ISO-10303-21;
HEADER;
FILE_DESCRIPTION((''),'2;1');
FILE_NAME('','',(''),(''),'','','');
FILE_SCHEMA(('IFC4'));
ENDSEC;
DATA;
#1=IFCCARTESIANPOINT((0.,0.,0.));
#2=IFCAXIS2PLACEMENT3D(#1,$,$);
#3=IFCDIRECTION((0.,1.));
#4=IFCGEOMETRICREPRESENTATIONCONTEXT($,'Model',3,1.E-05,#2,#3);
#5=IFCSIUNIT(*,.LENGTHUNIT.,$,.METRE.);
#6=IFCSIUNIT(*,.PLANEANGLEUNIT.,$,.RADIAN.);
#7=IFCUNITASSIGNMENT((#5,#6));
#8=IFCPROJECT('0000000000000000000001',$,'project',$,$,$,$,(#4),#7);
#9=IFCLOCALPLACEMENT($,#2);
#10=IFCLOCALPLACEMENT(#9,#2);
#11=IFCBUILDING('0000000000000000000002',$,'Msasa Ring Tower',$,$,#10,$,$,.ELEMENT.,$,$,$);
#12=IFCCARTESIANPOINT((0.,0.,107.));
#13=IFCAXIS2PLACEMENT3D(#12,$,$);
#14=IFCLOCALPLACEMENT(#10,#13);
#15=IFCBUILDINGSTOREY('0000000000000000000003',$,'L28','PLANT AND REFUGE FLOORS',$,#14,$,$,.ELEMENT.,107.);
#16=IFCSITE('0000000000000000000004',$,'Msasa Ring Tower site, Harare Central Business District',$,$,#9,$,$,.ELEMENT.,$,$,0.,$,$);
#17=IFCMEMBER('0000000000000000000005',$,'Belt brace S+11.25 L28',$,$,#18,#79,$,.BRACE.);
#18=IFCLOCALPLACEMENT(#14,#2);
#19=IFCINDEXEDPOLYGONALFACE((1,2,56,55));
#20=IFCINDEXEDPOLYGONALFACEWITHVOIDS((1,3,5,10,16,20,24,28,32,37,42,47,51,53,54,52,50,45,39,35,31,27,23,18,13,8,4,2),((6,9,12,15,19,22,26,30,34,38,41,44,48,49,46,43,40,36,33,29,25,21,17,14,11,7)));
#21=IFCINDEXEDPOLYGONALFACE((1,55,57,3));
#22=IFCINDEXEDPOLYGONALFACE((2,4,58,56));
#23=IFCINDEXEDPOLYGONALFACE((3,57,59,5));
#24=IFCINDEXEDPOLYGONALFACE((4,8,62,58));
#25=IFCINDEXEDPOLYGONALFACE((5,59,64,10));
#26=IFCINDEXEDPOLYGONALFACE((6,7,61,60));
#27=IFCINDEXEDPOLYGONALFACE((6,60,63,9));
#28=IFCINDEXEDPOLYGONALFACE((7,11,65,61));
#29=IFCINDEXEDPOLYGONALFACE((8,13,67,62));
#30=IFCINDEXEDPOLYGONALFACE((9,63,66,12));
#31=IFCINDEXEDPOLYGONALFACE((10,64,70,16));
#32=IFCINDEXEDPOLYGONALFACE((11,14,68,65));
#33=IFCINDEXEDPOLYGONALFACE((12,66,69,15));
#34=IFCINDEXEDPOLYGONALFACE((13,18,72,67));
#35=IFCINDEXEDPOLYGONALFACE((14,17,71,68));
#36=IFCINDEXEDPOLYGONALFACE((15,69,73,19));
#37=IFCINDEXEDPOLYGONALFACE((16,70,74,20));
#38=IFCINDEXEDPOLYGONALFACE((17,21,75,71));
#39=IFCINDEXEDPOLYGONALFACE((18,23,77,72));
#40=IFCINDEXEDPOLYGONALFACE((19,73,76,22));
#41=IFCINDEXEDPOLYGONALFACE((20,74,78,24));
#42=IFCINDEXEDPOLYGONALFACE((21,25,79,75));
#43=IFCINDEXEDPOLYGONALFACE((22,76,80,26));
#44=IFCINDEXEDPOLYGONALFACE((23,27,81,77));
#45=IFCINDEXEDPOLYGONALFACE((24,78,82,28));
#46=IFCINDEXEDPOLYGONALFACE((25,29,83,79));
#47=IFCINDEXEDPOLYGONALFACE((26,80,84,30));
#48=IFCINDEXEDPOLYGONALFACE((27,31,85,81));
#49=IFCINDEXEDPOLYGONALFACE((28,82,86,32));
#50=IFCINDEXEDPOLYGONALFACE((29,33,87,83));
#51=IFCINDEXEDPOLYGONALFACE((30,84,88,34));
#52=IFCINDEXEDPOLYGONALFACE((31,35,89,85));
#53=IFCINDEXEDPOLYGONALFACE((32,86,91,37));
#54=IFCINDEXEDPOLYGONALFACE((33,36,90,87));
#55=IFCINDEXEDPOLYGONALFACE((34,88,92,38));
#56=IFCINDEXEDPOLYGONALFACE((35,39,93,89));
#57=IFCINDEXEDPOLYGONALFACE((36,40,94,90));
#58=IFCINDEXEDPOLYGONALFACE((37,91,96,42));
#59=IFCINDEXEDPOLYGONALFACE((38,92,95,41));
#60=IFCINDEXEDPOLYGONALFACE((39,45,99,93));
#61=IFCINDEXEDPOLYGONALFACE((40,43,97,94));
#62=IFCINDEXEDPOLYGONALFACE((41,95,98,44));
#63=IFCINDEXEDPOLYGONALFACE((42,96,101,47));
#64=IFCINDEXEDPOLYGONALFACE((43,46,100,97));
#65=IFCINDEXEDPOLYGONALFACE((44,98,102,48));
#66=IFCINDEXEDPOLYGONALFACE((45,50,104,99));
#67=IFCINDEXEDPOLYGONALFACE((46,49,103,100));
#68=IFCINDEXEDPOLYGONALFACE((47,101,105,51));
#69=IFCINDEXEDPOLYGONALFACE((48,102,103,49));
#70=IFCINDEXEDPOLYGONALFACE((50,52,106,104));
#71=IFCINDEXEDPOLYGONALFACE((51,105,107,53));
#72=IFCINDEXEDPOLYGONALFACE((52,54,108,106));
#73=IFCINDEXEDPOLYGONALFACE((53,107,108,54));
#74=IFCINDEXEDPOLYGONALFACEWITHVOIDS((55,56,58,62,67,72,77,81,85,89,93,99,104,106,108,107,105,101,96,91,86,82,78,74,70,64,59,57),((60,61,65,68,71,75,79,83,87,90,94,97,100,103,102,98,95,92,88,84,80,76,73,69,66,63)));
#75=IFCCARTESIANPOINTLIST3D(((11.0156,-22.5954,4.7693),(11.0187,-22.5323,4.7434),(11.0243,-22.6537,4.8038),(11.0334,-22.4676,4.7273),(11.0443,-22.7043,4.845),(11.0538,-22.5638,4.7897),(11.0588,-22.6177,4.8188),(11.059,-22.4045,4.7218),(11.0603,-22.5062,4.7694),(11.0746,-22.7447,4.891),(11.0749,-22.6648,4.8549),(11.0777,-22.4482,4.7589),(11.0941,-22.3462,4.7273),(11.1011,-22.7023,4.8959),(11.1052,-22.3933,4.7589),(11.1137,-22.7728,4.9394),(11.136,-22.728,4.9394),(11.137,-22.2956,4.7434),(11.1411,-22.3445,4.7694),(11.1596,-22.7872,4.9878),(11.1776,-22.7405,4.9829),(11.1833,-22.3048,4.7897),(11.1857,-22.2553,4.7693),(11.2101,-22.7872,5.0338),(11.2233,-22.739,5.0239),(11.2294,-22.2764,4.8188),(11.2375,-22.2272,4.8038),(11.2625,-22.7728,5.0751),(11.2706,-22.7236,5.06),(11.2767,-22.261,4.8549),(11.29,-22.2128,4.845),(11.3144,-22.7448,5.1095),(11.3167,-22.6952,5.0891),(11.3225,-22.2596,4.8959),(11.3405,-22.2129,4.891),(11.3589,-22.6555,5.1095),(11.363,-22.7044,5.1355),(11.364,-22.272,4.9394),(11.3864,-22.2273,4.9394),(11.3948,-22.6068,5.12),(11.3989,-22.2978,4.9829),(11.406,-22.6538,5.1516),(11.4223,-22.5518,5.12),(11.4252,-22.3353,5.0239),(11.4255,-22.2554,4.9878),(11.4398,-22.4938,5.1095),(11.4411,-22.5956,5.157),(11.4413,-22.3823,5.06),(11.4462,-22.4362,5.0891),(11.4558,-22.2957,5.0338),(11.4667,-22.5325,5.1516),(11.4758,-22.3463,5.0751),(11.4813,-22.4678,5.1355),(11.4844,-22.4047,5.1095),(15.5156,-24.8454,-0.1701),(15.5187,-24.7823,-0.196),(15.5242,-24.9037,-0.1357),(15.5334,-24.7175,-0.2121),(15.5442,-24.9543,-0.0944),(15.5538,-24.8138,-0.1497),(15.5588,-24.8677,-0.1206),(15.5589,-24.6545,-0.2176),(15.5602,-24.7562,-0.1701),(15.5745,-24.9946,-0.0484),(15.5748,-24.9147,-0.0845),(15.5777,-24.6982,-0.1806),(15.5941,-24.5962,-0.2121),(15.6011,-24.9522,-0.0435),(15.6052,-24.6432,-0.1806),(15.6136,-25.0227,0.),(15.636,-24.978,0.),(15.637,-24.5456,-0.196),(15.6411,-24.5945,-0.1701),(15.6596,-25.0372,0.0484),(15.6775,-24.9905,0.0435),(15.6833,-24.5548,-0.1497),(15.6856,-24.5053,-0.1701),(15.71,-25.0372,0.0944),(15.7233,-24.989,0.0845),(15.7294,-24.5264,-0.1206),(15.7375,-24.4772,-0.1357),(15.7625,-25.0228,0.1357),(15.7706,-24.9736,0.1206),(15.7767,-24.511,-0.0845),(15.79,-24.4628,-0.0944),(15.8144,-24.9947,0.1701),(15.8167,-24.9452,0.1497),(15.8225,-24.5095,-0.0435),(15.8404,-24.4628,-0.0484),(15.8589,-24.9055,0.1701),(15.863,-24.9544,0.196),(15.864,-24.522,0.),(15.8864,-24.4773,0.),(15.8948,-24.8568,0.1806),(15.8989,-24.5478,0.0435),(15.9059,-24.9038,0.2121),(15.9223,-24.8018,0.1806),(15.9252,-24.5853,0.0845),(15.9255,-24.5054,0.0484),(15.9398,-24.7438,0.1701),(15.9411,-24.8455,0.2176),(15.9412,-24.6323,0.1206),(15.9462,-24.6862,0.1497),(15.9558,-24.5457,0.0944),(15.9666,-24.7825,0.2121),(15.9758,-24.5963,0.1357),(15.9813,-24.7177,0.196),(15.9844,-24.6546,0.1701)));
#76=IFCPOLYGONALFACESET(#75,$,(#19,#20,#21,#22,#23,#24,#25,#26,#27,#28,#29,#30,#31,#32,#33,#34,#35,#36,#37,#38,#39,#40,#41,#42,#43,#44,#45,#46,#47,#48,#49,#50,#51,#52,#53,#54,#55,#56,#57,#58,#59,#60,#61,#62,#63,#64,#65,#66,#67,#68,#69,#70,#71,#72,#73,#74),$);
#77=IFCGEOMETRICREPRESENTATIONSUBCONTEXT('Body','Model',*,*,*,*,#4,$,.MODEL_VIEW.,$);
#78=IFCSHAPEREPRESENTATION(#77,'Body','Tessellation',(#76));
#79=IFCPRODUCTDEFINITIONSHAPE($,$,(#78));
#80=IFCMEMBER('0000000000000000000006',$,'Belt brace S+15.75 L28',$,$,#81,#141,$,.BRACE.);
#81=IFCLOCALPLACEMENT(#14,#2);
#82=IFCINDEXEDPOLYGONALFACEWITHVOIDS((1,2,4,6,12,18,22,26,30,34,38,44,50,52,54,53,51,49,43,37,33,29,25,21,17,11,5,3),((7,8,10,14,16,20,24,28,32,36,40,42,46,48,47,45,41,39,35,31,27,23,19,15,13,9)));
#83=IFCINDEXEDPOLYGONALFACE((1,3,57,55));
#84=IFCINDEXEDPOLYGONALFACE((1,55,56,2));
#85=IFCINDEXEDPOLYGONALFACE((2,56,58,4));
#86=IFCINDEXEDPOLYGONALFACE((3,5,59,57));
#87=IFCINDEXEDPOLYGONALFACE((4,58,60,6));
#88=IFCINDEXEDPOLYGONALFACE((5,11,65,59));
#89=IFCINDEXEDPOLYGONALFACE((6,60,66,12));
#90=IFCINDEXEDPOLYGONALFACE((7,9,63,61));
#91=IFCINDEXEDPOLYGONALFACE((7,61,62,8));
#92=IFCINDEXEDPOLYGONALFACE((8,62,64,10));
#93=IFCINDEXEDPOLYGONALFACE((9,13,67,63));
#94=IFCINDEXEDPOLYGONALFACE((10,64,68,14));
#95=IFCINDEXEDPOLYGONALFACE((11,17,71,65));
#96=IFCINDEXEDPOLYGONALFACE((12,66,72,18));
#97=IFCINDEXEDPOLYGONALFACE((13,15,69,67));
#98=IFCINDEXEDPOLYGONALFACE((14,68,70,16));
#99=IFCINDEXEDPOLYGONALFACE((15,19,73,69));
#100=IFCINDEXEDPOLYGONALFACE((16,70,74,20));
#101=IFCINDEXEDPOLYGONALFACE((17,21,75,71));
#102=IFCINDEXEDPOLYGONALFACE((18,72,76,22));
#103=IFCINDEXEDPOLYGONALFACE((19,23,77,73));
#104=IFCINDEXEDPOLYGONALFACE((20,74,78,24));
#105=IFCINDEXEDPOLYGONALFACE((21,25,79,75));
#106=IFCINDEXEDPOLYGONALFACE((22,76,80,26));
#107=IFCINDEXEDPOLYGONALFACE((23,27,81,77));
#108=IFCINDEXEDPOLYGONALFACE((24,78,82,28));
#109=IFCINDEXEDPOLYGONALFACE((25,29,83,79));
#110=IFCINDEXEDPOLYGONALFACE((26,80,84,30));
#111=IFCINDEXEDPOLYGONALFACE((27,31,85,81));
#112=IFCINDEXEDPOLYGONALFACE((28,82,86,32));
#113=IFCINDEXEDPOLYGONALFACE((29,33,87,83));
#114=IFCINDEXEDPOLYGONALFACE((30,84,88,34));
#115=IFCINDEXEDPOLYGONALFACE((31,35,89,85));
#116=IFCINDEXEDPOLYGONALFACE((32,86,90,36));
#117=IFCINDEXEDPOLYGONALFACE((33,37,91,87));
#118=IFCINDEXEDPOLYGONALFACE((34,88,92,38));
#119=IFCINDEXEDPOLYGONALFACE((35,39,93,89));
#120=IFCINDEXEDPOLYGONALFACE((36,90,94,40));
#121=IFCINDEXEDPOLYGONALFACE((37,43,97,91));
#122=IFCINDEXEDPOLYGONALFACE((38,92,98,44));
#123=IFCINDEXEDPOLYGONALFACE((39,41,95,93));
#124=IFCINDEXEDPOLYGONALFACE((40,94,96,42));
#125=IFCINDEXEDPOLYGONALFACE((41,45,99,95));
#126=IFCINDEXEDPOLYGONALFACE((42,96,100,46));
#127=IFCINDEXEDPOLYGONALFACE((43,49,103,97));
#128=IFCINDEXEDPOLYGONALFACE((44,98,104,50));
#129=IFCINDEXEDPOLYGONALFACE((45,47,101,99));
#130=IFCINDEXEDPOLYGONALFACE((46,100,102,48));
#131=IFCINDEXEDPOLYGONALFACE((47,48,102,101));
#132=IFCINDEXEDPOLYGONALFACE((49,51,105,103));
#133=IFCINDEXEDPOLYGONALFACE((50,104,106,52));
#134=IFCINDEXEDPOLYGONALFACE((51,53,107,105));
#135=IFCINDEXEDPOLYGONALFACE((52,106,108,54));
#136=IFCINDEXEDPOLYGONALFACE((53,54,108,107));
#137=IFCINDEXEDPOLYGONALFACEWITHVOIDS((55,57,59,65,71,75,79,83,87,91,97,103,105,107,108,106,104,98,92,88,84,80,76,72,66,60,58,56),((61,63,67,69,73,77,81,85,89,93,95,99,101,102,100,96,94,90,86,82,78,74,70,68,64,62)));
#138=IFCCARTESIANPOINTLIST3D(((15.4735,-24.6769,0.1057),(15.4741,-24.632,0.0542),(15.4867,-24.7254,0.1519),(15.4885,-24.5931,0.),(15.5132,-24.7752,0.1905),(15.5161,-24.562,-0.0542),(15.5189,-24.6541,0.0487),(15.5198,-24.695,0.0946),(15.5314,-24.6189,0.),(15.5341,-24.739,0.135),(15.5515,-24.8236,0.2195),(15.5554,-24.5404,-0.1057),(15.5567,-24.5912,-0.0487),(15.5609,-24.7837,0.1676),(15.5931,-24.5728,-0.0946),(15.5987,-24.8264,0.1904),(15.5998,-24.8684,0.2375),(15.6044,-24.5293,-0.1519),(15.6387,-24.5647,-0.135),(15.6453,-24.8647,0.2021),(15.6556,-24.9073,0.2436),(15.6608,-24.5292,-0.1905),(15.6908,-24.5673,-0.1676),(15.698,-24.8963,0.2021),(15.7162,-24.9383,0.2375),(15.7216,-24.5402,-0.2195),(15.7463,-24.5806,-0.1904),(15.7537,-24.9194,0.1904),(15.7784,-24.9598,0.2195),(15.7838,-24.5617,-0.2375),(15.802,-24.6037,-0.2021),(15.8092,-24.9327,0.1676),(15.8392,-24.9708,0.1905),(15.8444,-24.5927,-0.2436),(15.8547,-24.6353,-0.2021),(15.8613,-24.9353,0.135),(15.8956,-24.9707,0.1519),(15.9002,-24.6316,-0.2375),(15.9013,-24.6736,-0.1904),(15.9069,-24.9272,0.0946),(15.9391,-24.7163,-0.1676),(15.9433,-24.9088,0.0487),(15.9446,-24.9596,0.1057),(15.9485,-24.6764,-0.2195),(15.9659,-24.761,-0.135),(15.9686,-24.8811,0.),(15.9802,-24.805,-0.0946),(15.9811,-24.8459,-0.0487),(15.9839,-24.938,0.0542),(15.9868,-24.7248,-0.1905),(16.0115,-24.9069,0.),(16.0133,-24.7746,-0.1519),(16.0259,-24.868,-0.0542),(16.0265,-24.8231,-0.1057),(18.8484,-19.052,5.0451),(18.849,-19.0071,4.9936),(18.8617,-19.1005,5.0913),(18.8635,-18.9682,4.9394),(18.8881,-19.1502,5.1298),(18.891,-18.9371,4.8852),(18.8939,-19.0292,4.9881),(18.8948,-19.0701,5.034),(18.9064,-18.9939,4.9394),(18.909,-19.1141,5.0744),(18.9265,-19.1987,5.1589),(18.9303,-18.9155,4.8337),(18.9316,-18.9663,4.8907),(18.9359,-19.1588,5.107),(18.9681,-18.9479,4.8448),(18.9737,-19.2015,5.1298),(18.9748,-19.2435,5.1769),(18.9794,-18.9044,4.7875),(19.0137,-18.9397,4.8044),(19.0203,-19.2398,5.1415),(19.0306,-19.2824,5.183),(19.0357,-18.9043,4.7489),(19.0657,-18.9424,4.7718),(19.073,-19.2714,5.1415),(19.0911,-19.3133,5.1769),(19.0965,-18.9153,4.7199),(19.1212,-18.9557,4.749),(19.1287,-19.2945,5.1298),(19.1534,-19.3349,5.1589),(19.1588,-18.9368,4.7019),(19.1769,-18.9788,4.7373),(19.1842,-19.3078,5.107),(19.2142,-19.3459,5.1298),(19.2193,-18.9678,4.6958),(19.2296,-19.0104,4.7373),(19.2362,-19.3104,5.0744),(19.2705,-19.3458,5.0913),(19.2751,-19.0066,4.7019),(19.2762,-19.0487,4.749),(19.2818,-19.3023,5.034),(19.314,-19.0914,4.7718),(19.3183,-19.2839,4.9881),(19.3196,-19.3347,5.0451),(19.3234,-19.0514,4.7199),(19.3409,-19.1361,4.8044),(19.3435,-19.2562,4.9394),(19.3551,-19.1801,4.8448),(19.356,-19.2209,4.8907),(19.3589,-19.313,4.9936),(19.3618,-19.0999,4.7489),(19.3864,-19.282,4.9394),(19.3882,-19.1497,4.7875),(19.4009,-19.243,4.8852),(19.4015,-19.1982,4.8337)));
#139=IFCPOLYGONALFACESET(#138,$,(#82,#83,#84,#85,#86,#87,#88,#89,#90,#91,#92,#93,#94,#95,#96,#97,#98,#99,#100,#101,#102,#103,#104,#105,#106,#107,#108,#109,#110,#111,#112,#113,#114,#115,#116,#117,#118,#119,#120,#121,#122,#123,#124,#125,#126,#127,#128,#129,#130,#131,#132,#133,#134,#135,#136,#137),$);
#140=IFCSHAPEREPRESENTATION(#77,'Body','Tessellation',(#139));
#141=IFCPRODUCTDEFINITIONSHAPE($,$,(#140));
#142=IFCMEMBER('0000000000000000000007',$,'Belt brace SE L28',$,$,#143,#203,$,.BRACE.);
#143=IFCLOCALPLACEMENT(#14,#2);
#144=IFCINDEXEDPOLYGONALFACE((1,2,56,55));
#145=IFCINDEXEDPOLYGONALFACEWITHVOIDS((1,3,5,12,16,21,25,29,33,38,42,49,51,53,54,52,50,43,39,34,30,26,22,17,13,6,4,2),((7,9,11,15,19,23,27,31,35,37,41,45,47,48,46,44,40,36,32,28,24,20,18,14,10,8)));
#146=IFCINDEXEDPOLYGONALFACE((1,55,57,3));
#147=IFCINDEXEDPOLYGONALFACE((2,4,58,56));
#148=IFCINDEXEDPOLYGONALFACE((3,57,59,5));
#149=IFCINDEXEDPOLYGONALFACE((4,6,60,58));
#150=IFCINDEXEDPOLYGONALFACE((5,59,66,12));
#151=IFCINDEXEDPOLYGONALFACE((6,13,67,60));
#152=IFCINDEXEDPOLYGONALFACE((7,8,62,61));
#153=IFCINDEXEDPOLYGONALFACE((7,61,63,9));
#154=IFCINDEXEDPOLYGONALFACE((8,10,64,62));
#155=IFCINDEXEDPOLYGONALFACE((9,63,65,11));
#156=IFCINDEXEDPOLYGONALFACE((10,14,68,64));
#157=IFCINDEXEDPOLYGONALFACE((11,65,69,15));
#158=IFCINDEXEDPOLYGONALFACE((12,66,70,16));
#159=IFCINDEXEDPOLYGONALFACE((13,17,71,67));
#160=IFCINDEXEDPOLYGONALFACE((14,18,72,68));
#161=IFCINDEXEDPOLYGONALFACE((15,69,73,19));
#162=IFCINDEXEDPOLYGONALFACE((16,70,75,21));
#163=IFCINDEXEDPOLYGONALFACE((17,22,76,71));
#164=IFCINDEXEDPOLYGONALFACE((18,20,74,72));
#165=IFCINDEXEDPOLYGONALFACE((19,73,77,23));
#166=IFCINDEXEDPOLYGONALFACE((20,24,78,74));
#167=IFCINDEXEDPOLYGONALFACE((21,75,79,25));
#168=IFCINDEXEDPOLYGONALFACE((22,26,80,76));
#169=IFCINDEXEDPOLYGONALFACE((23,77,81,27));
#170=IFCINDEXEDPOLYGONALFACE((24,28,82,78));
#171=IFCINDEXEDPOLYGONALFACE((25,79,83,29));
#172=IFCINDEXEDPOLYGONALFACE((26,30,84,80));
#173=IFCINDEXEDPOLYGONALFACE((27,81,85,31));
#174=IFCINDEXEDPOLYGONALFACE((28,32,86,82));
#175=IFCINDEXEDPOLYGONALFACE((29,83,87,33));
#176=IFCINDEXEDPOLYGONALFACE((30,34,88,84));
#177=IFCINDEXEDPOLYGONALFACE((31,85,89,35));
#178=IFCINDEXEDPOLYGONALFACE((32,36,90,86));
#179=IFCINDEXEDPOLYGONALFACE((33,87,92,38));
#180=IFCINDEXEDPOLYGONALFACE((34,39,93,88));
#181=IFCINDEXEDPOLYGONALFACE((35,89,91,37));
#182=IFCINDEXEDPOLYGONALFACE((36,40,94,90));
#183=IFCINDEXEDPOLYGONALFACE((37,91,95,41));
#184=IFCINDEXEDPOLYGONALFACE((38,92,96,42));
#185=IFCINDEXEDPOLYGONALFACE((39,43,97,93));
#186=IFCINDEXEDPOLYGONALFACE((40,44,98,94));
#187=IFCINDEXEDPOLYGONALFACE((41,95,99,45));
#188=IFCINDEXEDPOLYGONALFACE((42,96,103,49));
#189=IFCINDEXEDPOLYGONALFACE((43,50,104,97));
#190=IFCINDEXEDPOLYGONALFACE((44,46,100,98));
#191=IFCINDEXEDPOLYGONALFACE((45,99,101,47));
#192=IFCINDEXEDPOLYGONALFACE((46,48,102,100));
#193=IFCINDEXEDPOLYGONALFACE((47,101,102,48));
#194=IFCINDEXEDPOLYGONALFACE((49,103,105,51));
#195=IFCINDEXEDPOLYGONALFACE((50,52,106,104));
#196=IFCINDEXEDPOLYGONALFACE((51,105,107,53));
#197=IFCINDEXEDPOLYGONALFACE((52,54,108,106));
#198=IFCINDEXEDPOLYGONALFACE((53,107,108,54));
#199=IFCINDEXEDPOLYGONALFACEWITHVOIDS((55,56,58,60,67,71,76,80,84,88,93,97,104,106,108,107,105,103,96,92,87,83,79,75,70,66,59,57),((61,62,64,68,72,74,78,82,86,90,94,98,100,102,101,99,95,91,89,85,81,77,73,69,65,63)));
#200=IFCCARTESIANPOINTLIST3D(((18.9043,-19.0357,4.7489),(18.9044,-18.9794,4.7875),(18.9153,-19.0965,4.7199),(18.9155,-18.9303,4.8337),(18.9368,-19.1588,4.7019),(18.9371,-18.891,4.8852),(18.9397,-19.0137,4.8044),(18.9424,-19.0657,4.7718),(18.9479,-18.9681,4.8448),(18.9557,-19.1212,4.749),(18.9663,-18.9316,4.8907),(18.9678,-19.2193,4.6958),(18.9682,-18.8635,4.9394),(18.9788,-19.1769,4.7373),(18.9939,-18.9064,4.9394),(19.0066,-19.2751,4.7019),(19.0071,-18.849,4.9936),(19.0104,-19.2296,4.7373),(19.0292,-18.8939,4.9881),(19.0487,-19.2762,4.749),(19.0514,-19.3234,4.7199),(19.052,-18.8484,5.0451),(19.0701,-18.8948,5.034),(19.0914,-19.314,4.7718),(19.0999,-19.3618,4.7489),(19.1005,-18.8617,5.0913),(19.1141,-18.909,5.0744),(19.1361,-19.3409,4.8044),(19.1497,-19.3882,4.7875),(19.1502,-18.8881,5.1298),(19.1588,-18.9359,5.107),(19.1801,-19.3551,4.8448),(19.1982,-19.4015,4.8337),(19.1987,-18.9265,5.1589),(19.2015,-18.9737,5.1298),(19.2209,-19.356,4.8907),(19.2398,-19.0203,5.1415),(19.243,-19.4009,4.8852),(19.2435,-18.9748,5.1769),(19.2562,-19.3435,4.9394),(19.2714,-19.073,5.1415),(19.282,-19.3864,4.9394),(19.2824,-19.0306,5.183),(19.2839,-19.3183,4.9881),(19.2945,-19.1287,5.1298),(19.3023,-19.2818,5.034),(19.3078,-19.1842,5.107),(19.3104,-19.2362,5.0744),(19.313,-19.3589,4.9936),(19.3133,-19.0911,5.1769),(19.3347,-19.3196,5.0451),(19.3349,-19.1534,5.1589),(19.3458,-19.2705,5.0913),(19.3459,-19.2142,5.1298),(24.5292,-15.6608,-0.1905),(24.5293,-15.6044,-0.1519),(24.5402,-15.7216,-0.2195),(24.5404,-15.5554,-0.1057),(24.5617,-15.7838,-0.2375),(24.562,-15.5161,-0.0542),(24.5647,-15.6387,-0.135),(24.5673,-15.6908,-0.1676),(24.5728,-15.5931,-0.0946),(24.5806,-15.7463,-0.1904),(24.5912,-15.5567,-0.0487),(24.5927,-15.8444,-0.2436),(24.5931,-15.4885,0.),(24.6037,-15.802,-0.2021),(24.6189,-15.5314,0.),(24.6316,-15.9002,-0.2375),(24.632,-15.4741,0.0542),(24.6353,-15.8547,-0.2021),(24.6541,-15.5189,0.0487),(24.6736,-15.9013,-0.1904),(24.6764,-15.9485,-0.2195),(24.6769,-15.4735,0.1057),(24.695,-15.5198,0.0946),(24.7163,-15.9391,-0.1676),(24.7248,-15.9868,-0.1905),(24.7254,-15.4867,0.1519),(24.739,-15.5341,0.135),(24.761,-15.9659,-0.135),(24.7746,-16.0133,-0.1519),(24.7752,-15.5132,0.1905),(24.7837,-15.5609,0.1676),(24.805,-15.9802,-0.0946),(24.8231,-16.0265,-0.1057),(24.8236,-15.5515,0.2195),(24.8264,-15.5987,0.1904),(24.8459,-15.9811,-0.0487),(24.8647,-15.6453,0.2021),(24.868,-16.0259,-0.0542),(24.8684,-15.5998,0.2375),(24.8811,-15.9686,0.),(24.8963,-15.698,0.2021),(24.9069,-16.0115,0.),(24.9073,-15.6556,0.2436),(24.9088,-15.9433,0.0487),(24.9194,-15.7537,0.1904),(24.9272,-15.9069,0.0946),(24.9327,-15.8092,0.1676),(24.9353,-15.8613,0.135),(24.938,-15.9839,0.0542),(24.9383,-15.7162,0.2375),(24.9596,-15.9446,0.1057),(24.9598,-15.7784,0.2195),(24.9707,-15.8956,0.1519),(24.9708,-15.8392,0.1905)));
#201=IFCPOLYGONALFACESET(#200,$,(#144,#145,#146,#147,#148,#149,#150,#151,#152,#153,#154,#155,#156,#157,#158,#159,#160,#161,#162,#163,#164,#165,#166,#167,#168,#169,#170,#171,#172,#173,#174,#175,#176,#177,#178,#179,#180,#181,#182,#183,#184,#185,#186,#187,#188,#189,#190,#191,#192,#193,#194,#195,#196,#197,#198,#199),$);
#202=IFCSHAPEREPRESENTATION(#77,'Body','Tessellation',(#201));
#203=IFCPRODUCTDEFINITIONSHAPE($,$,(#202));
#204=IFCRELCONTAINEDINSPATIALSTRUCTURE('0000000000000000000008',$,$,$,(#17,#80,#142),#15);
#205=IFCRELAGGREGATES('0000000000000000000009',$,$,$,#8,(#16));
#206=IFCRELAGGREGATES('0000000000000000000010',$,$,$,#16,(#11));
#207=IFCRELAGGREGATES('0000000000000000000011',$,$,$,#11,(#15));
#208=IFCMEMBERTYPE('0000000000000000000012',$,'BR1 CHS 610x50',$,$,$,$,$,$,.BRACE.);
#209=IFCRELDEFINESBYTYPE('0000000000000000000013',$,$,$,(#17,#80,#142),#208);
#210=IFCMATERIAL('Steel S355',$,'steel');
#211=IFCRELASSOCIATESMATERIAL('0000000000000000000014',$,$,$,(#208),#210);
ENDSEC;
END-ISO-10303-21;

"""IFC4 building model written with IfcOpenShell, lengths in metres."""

from ifc_helpers import new_model, si_unit, direction, frame, origin, origin_2d, place, context, subcontext, project, spatial, hollow_circle, extrude, material, material_profile, profile_set, type_object, element, save


model = new_model("IFC4")

# Units and contexts
model_context = context("Model", 3, precision=1e-05, world=origin(), true_north=direction((0.0, 1.0)))
body_context = subcontext(model_context, "Body", "Model", "MODEL_VIEW")
ifc_project = project(units=[si_unit("LENGTHUNIT", "METRE"), si_unit("PLANEANGLEUNIT", "RADIAN")], contexts=[model_context])

# Site, building, storey
site_placement = place(None, origin())
site = spatial("IfcSite", under=ifc_project, at=site_placement, Name="Msasa Ring Tower site, Harare Central Business District", CompositionType="ELEMENT", RefElevation=0.0)
building_placement = place(site_placement, origin())
building = spatial("IfcBuilding", under=site, at=building_placement, Name="Msasa Ring Tower", CompositionType="ELEMENT")
storey_placement = place(building_placement, frame((0.0, 0.0, 107.0)))
storey = spatial("IfcBuildingStorey", under=building, at=storey_placement, Name="L28", Description="PLANT AND REFUGE FLOORS", CompositionType="ELEMENT", Elevation=107.0)

# Members
ifc_material_1 = material(Name="Steel S355", Category="steel")
ifc_material_profile_1 = material_profile(ifc_material_1, hollow_circle(Radius=0.3049, WallThickness=0.05, at=origin_2d()), Name="CHS 610x50")
ifc_profile_set_1 = profile_set([ifc_material_profile_1], Name="Steel S355")
member_type = type_object("IfcMemberType", Name="BR1 CHS 610x50", PredefinedType="BRACE", material=ifc_profile_set_1)
member_1_placement = place(storey_placement, frame((15.75, -24.75, 0.0), z_axis=(-0.638245, 0.319123, 0.700574), x_axis=(-0.447214, -0.894427, 0.0)))
element("IfcMember", 1, at=member_1_placement, inside=storey, type_object=member_type, Name="Belt brace S+11.25 L28", PredefinedType="BRACE", context=body_context, shape_type="SweptSolid", body=[
    extrude(hollow_circle(Radius=0.3049, WallThickness=0.05, at=origin_2d()), origin(), (0.0, 0.0, 1.0), 7.0505),
])
for number, where, z_axis, x_axis, name in (
    (2, (15.75, -24.75, 0.0), (0.411007, 0.685011, 0.601526), (-0.857493, 0.514496, 0.0), "Belt brace S+15.75 L28"),
    (3, (24.75, -15.75, 0.0), (-0.685011, -0.411007, 0.601526), (0.514496, -0.857493, 0.0), "Belt brace SE L28"),
):
    element("IfcMember", number, at=place(storey_placement, frame(where, z_axis=z_axis, x_axis=x_axis)), inside=storey, type_object=member_type, Name=name, PredefinedType="BRACE", context=body_context, shape_type="SweptSolid", body=[
        extrude(hollow_circle(Radius=0.3049, WallThickness=0.05, at=origin_2d()), origin(), (0.0, 0.0, 1.0), 8.2114),
    ])

save(model, "model.ifc")
